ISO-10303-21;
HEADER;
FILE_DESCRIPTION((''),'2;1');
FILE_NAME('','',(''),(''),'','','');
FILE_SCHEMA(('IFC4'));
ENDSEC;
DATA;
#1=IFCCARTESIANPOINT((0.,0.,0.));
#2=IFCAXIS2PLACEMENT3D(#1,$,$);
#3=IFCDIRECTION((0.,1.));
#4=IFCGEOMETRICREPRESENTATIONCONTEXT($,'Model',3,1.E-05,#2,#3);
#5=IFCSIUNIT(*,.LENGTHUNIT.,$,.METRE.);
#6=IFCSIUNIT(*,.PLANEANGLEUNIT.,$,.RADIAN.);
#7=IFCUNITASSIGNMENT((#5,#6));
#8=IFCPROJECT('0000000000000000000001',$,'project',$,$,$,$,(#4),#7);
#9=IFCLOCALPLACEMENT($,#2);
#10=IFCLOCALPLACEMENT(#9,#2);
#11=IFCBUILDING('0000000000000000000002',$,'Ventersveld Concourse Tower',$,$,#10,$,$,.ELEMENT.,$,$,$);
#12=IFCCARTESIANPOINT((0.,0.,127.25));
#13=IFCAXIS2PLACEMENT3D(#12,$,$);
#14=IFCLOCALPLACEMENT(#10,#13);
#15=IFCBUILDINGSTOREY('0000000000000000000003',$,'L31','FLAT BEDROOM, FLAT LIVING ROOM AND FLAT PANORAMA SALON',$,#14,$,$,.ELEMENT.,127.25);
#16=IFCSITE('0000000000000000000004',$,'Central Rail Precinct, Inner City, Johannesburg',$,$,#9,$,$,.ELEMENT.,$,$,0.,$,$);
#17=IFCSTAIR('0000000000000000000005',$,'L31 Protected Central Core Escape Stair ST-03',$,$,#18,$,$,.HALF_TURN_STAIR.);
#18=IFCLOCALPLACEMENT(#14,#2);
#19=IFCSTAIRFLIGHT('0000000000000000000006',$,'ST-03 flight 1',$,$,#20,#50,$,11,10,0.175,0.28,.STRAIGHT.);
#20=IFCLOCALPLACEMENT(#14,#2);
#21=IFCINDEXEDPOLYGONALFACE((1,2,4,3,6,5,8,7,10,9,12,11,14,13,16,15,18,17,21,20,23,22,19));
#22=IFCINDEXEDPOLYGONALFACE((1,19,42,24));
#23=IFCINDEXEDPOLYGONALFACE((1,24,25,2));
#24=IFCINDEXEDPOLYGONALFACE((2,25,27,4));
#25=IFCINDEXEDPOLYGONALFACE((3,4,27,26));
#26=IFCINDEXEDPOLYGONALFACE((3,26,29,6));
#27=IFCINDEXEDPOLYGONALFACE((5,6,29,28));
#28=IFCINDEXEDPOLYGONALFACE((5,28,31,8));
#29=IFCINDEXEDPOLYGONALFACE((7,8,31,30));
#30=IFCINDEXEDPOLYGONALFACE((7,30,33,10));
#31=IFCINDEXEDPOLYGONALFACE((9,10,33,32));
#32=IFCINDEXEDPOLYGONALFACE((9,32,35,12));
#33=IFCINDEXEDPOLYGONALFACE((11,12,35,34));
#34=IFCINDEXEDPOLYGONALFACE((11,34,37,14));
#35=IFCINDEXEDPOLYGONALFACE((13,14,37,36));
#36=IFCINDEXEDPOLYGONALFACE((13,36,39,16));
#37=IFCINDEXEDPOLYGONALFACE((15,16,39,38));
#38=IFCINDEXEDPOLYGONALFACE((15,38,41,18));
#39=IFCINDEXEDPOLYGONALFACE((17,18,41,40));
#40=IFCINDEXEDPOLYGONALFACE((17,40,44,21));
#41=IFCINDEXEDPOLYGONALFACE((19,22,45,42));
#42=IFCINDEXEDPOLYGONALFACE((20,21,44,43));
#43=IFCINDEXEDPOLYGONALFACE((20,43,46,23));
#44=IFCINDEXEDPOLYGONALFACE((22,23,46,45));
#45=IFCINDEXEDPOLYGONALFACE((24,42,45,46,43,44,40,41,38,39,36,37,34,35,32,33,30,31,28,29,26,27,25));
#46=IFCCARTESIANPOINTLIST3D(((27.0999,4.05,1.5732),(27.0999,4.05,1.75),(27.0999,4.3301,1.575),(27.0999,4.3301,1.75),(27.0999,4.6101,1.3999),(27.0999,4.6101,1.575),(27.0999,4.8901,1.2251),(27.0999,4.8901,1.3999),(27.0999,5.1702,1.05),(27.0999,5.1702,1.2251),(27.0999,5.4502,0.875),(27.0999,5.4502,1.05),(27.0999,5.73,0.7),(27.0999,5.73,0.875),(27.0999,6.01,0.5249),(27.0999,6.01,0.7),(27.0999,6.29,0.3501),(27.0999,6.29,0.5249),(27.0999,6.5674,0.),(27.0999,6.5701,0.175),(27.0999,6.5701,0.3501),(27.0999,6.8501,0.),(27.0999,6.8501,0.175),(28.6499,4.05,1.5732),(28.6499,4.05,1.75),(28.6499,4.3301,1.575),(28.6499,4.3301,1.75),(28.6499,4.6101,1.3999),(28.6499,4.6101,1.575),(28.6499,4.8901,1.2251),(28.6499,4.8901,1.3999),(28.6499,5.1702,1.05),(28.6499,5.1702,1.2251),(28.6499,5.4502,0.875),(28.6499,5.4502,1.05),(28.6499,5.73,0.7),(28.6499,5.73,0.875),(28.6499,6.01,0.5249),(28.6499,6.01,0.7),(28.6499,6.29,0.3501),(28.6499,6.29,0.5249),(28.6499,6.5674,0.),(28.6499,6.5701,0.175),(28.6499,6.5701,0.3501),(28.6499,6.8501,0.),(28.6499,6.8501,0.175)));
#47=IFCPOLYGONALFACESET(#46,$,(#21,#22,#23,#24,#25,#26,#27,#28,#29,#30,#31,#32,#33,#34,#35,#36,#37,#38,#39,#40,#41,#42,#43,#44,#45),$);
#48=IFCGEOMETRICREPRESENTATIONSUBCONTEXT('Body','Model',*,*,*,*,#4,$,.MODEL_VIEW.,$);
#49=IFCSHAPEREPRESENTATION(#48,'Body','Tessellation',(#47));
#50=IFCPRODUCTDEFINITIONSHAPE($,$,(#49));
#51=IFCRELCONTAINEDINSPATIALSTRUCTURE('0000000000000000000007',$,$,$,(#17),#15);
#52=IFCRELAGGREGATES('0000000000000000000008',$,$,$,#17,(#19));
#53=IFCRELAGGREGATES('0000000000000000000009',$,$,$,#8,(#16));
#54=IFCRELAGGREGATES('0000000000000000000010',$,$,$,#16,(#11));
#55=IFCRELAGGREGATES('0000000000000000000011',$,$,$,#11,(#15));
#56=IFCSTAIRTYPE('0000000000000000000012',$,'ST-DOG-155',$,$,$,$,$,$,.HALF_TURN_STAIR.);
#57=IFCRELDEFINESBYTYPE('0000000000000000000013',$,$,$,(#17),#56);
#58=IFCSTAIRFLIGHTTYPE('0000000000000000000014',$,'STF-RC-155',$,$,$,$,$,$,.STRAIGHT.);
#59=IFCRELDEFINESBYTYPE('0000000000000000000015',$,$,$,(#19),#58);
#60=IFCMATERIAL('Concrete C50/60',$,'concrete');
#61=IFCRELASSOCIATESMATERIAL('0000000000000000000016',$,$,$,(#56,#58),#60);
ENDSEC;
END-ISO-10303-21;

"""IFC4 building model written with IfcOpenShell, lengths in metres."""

from ifc_helpers import new_model, si_unit, direction, frame, origin, place, context, subcontext, project, spatial, polyline, outline, extrude, material, type_object, element, aggregate, save


model = new_model("IFC4")

# Units and contexts
model_context = context("Model", 3, precision=1e-05, world=origin(), true_north=direction((0.0, 1.0)))
body_context = subcontext(model_context, "Body", "Model", "MODEL_VIEW")
ifc_project = project(units=[si_unit("LENGTHUNIT", "METRE"), si_unit("PLANEANGLEUNIT", "RADIAN")], contexts=[model_context])

# Site, building, storey
site_placement = place(None, origin())
site = spatial("IfcSite", under=ifc_project, at=site_placement, Name="Central Rail Precinct, Inner City, Johannesburg", CompositionType="ELEMENT", RefElevation=0.0)
building_placement = place(site_placement, origin())
building = spatial("IfcBuilding", under=site, at=building_placement, Name="Ventersveld Concourse Tower", CompositionType="ELEMENT")
storey_placement = place(building_placement, frame((0.0, 0.0, 127.25)))
storey = spatial("IfcBuildingStorey", under=building, at=storey_placement, Name="L31", Description="FLAT BEDROOM, FLAT LIVING ROOM AND FLAT PANORAMA SALON", CompositionType="ELEMENT", Elevation=127.25)

# Shared definitions
ifc_material_1 = material(Name="Concrete C50/60", Category="concrete")

# Stair, stair flight
stair_type = type_object("IfcStairType", Name="ST-DOG-155", PredefinedType="HALF_TURN_STAIR", material=ifc_material_1)
stair_placement = place(storey_placement, origin())
stair = element("IfcStair", 1, at=stair_placement, inside=storey, type_object=stair_type, Name="L31 Protected Central Core Escape Stair ST-03", PredefinedType="HALF_TURN_STAIR")
stair_flight_type = type_object("IfcStairFlightType", Name="STF-RC-155", PredefinedType="STRAIGHT", material=ifc_material_1)
stair_flight_placement = place(storey_placement, frame((27.875, 6.8501, 0.0), z_axis=(0.0, 0.0, 1.0), x_axis=(0.0, -1.0, 0.0)))
stair_flight = element("IfcStairFlight", 2, at=stair_flight_placement, type_object=stair_flight_type, Name="ST-03 flight 1", NumberOfRisers=11, NumberOfTreads=10, PredefinedType="STRAIGHT", RiserHeight=0.175, TreadLength=0.28, context=body_context, shape_type="SweptSolid", body=[
    extrude(outline(polyline([(0.0, 0.0), (0.0, 0.175), (0.28, 0.175), (0.28, 0.3501), (0.5601, 0.3501), (0.5601, 0.5249), (0.8401, 0.5249), (0.8401, 0.7), (1.1201, 0.7), (1.1201, 0.875), (1.3999, 0.875), (1.3999, 1.05), (1.6799, 1.05), (1.6799, 1.2251), (1.96, 1.2251), (1.96, 1.3999), (2.24, 1.3999), (2.24, 1.575), (2.52, 1.575), (2.52, 1.75), (2.8, 1.75), (2.8, 1.925), (2.8, 1.5732), (0.2827, 0.0), (0.0, 0.0)])), frame((0.0, 0.7749, 0.0), z_axis=(0.0, -1.0, 0.0), x_axis=(1.0, 0.0, 0.0)), (0.0, 0.0, 1.0), 1.55),
])
aggregate(stair, [stair_flight])

save(model, "model.ifc")
